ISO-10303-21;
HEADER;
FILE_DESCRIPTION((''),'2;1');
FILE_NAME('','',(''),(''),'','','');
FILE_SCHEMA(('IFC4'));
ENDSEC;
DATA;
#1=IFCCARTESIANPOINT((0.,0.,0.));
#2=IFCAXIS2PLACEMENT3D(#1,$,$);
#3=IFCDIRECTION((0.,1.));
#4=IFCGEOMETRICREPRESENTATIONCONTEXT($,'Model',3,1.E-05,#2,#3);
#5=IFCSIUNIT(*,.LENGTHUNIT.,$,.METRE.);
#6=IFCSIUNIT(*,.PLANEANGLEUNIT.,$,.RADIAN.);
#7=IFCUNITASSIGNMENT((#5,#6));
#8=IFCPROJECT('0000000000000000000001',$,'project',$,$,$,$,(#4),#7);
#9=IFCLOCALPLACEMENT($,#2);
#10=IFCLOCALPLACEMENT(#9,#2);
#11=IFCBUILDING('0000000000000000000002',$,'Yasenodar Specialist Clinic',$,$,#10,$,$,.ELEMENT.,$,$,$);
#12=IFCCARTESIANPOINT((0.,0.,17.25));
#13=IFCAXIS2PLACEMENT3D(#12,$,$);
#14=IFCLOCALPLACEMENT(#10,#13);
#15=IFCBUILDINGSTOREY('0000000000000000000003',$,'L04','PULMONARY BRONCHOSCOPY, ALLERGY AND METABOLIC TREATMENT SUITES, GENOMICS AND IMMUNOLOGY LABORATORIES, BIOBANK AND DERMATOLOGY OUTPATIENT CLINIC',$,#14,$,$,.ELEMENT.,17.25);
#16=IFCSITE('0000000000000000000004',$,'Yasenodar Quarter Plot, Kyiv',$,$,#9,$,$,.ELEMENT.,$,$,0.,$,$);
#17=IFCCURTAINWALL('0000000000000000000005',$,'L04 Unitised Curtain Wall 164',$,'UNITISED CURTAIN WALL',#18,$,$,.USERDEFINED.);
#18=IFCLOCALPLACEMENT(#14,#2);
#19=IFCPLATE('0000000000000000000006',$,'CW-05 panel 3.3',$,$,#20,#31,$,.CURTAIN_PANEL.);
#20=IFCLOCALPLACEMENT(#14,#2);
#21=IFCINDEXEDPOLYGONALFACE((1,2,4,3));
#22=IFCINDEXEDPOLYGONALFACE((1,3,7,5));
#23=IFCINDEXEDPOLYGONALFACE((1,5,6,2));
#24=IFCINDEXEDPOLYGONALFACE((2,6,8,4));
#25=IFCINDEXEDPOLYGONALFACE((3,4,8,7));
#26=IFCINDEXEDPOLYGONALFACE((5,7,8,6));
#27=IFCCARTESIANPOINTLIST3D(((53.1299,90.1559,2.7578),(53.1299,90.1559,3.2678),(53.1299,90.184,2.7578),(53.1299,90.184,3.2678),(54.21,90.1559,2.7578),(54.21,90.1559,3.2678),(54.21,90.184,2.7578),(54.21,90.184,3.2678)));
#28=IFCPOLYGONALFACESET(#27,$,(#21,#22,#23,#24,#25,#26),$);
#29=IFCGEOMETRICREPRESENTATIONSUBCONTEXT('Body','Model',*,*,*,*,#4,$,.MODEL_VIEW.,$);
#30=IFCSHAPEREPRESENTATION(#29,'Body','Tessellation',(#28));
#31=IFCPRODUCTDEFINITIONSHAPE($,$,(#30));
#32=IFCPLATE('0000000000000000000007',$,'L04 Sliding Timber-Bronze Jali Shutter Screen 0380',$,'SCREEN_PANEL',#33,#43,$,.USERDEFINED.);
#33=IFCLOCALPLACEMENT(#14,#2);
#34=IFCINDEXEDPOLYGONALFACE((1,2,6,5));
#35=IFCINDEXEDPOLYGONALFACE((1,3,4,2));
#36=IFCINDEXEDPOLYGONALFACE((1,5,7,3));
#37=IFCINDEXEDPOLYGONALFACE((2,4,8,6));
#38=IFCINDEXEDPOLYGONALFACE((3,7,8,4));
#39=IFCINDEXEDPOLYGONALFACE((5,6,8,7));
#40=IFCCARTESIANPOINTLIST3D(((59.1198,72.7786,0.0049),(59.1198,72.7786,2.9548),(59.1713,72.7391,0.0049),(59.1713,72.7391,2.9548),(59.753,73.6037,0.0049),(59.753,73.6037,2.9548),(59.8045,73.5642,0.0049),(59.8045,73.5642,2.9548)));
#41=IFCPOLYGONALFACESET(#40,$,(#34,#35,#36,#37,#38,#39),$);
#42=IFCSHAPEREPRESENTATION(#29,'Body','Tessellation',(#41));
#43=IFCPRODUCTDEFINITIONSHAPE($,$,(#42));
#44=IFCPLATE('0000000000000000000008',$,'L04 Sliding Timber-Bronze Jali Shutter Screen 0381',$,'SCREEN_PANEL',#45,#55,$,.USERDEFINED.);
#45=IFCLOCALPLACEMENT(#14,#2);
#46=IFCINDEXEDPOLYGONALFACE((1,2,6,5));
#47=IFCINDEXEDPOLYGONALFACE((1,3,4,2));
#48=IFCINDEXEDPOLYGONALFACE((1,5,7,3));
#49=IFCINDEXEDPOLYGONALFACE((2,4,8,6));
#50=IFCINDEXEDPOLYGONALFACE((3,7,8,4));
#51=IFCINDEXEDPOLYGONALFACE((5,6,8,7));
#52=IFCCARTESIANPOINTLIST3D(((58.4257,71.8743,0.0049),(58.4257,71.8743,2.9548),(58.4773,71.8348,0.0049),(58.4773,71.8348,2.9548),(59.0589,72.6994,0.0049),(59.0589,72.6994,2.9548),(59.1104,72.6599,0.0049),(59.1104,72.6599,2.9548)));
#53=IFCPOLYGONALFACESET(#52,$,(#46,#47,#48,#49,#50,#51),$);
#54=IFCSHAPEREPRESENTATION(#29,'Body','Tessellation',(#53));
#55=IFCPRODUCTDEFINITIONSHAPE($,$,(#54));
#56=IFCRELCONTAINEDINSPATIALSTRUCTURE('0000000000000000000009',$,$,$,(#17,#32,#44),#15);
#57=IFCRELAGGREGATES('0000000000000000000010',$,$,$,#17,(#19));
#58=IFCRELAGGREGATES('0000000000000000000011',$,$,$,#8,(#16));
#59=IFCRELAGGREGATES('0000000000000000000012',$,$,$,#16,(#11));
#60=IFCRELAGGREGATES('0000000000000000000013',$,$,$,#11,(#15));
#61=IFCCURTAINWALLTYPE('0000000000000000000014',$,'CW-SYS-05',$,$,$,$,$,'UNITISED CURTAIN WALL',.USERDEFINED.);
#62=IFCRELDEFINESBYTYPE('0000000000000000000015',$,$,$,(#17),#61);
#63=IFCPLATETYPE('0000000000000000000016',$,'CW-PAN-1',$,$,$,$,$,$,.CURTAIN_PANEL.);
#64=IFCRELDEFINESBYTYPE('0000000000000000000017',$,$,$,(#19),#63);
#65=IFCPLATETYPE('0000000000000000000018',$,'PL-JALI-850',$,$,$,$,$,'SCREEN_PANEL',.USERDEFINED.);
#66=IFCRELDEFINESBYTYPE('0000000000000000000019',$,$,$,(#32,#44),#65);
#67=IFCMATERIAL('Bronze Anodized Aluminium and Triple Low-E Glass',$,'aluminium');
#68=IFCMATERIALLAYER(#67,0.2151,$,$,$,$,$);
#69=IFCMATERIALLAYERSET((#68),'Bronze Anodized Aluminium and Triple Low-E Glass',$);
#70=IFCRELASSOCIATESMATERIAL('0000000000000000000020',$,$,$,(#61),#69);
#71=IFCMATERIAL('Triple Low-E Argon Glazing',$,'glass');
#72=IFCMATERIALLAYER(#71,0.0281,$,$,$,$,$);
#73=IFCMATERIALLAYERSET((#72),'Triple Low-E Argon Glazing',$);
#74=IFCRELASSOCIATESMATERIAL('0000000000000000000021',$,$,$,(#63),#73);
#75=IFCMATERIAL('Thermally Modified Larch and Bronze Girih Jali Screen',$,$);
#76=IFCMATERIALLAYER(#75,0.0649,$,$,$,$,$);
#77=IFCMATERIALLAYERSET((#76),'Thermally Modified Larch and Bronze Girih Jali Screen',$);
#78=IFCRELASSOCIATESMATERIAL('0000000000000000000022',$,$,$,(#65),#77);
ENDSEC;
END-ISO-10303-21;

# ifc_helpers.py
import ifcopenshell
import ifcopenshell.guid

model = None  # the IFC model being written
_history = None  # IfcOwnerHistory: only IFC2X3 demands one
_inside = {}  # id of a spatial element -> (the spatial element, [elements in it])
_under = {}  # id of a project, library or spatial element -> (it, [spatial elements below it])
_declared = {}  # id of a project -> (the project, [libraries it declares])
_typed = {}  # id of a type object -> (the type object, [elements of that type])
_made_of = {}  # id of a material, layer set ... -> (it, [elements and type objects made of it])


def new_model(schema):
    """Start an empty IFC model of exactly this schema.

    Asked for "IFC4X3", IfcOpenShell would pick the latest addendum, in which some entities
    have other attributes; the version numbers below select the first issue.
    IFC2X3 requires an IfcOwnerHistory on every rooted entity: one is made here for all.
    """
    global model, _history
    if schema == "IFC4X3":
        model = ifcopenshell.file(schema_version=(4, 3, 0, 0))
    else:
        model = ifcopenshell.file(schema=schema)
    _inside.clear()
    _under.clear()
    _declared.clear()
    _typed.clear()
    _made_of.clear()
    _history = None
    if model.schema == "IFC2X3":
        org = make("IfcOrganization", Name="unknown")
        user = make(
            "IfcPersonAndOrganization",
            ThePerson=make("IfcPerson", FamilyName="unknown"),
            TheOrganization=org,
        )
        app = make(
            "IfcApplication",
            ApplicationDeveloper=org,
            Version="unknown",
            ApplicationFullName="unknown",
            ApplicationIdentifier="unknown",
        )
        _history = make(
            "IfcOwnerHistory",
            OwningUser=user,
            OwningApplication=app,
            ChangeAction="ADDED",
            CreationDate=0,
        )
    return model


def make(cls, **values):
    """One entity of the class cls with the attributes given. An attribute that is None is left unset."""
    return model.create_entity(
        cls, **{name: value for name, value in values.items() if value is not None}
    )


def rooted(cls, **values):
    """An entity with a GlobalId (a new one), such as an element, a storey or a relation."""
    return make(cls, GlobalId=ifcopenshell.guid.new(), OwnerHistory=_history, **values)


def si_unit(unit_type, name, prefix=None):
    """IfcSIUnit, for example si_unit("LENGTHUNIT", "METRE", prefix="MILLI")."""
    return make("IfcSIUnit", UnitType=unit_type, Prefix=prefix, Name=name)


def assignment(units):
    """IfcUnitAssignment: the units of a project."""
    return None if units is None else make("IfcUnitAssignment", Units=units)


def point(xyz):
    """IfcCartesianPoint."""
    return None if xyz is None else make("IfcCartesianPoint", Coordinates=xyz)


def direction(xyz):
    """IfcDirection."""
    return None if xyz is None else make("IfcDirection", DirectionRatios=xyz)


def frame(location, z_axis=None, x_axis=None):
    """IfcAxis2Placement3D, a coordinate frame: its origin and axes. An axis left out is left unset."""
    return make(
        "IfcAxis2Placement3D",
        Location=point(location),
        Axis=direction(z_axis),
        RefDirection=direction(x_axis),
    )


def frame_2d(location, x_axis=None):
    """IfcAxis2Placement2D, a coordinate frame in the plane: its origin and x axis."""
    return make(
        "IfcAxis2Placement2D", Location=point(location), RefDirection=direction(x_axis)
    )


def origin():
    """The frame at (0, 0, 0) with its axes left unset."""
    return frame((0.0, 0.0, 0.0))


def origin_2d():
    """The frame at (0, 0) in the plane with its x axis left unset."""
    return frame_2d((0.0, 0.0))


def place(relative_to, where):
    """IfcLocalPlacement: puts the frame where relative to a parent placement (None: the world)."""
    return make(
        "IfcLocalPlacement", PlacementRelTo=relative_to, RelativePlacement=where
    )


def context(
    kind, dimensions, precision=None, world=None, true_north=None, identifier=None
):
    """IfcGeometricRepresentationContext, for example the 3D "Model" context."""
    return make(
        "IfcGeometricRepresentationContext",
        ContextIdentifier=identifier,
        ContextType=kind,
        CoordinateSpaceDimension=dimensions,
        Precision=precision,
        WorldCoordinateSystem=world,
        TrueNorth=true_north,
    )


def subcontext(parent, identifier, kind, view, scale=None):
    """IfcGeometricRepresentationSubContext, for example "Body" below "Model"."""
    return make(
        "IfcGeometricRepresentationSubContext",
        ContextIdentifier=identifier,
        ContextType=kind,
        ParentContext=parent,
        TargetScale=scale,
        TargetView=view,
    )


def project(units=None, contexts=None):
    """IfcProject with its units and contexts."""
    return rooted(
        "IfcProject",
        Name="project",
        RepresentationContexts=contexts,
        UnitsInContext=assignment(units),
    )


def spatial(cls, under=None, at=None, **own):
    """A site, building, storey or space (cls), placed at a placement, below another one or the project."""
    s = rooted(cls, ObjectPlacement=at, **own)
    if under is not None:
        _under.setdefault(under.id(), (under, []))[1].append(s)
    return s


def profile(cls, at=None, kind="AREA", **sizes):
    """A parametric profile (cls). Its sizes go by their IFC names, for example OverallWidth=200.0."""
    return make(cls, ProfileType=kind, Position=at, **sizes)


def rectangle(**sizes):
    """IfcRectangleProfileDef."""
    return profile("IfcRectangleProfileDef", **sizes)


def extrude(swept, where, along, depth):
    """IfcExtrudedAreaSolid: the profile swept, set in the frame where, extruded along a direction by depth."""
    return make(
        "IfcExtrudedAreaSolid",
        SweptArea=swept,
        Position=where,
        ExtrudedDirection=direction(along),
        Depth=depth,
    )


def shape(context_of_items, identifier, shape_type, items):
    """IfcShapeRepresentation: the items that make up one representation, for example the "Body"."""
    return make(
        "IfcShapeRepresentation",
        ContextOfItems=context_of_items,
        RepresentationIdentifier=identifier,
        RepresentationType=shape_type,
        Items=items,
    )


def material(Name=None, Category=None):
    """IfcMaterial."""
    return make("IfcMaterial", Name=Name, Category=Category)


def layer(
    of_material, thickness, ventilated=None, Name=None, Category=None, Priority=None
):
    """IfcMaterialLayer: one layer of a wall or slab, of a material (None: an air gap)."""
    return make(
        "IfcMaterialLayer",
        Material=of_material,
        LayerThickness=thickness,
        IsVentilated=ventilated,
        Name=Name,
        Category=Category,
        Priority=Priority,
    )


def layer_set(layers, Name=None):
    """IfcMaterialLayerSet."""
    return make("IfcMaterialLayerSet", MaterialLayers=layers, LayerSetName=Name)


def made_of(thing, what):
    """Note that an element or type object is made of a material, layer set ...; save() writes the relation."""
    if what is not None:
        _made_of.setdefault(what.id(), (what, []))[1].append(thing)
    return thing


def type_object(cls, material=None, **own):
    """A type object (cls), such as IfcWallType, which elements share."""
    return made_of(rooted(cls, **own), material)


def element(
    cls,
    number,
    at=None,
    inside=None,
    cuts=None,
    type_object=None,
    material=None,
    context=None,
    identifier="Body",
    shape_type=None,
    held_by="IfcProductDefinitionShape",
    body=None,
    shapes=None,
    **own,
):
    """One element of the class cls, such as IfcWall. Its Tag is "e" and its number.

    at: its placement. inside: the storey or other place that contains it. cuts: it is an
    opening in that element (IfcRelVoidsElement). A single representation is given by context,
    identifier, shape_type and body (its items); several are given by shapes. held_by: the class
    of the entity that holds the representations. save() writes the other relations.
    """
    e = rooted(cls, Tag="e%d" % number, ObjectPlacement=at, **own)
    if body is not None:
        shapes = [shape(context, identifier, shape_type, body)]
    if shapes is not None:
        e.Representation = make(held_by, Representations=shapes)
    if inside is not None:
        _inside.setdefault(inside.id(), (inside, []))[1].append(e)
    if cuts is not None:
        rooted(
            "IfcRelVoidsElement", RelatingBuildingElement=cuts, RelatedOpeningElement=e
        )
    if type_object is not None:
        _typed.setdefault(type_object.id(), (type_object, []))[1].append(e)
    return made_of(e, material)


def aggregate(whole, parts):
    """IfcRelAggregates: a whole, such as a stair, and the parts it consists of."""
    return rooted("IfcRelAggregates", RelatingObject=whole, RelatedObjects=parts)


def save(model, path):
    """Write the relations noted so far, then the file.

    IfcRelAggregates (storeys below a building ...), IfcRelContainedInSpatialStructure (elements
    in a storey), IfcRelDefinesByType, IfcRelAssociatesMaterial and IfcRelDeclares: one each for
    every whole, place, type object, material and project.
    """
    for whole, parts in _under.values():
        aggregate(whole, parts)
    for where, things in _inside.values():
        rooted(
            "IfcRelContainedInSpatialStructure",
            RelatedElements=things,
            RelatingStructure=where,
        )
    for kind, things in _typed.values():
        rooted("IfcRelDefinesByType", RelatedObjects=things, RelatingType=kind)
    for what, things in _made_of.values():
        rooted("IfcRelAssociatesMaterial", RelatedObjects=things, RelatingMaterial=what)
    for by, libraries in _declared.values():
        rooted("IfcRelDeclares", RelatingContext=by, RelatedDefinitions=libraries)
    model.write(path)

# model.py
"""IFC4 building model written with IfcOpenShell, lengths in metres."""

from ifc_helpers import new_model, si_unit, direction, frame, origin, origin_2d, place, context, subcontext, project, spatial, rectangle, extrude, material, layer, layer_set, type_object, element, aggregate, save


model = new_model("IFC4")

# Units and contexts
model_context = context("Model", 3, precision=1e-05, world=origin(), true_north=direction((0.0, 1.0)))
body_context = subcontext(model_context, "Body", "Model", "MODEL_VIEW")
ifc_project = project(units=[si_unit("LENGTHUNIT", "METRE"), si_unit("PLANEANGLEUNIT", "RADIAN")], contexts=[model_context])

# Site, building, storey
site_placement = place(None, origin())
site = spatial("IfcSite", under=ifc_project, at=site_placement, Name="Yasenodar Quarter Plot, Kyiv", CompositionType="ELEMENT", RefElevation=0.0)
building_placement = place(site_placement, origin())
building = spatial("IfcBuilding", under=site, at=building_placement, Name="Yasenodar Specialist Clinic", CompositionType="ELEMENT")
storey_placement = place(building_placement, frame((0.0, 0.0, 17.25)))
storey = spatial("IfcBuildingStorey", under=building, at=storey_placement, Name="L04", Description="PULMONARY BRONCHOSCOPY, ALLERGY AND METABOLIC TREATMENT SUITES, GENOMICS AND IMMUNOLOGY LABORATORIES, BIOBANK AND DERMATOLOGY OUTPATIENT CLINIC", CompositionType="ELEMENT", Elevation=17.25)

# Curtain wall, plate
ifc_material_1 = material(Name="Bronze Anodized Aluminium and Triple Low-E Glass", Category="aluminium")
ifc_layer_1 = layer(ifc_material_1, 0.2151)
ifc_layer_set_1 = layer_set([ifc_layer_1], Name="Bronze Anodized Aluminium and Triple Low-E Glass")
curtain_wall_type = type_object("IfcCurtainWallType", Name="CW-SYS-05", ElementType="UNITISED CURTAIN WALL", PredefinedType="USERDEFINED", material=ifc_layer_set_1)
curtain_wall_placement = place(storey_placement, origin())
curtain_wall = element("IfcCurtainWall", 1, at=curtain_wall_placement, inside=storey, type_object=curtain_wall_type, Name="L04 Unitised Curtain Wall 164", ObjectType="UNITISED CURTAIN WALL", PredefinedType="USERDEFINED")
ifc_material_2 = material(Name="Triple Low-E Argon Glazing", Category="glass")
ifc_layer_2 = layer(ifc_material_2, 0.0281)
ifc_layer_set_2 = layer_set([ifc_layer_2], Name="Triple Low-E Argon Glazing")
plate_type_1 = type_object("IfcPlateType", Name="CW-PAN-1", PredefinedType="CURTAIN_PANEL", material=ifc_layer_set_2)
plate_1_placement = place(storey_placement, frame((53.6699, 90.1699, 2.7578), z_axis=(0.0, 0.0, 1.0), x_axis=(-1.0, 0.0, 0.0)))
plate_1 = element("IfcPlate", 2, at=plate_1_placement, type_object=plate_type_1, Name="CW-05 panel 3.3", PredefinedType="CURTAIN_PANEL", context=body_context, shape_type="SweptSolid", body=[
    extrude(rectangle(XDim=1.0801, YDim=0.0281, at=origin_2d()), origin(), (0.0, 0.0, 1.0), 0.51),
])
aggregate(curtain_wall, [plate_1])

# Plates
ifc_material_3 = material(Name="Thermally Modified Larch and Bronze Girih Jali Screen")
ifc_layer_3 = layer(ifc_material_3, 0.0649)
ifc_layer_set_3 = layer_set([ifc_layer_3], Name="Thermally Modified Larch and Bronze Girih Jali Screen")
plate_type_2 = type_object("IfcPlateType", Name="PL-JALI-850", ElementType="SCREEN_PANEL", PredefinedType="USERDEFINED", material=ifc_layer_set_3)
for number, where, z_axis, x_axis, name in (
    (3, (59.4622, 73.1714, 0.0049), (0.0, 0.0, 1.0), (-0.608764, -0.793351, 0.0), "L04 Sliding Timber-Bronze Jali Shutter Screen 0380"),
    (4, (58.7681, 72.2671, 0.0049), (0.0, 0.0, 1.0), (-0.608764, -0.793351, 0.0), "L04 Sliding Timber-Bronze Jali Shutter Screen 0381"),
):
    element("IfcPlate", number, at=place(storey_placement, frame(where, z_axis=z_axis, x_axis=x_axis)), inside=storey, type_object=plate_type_2, Name=name, ObjectType="SCREEN_PANEL", PredefinedType="USERDEFINED", context=body_context, shape_type="SweptSolid", body=[
        extrude(rectangle(XDim=1.04, YDim=0.0649, at=origin_2d()), origin(), (0.0, 0.0, 1.0), 2.95),
    ])

save(model, "model.ifc")
